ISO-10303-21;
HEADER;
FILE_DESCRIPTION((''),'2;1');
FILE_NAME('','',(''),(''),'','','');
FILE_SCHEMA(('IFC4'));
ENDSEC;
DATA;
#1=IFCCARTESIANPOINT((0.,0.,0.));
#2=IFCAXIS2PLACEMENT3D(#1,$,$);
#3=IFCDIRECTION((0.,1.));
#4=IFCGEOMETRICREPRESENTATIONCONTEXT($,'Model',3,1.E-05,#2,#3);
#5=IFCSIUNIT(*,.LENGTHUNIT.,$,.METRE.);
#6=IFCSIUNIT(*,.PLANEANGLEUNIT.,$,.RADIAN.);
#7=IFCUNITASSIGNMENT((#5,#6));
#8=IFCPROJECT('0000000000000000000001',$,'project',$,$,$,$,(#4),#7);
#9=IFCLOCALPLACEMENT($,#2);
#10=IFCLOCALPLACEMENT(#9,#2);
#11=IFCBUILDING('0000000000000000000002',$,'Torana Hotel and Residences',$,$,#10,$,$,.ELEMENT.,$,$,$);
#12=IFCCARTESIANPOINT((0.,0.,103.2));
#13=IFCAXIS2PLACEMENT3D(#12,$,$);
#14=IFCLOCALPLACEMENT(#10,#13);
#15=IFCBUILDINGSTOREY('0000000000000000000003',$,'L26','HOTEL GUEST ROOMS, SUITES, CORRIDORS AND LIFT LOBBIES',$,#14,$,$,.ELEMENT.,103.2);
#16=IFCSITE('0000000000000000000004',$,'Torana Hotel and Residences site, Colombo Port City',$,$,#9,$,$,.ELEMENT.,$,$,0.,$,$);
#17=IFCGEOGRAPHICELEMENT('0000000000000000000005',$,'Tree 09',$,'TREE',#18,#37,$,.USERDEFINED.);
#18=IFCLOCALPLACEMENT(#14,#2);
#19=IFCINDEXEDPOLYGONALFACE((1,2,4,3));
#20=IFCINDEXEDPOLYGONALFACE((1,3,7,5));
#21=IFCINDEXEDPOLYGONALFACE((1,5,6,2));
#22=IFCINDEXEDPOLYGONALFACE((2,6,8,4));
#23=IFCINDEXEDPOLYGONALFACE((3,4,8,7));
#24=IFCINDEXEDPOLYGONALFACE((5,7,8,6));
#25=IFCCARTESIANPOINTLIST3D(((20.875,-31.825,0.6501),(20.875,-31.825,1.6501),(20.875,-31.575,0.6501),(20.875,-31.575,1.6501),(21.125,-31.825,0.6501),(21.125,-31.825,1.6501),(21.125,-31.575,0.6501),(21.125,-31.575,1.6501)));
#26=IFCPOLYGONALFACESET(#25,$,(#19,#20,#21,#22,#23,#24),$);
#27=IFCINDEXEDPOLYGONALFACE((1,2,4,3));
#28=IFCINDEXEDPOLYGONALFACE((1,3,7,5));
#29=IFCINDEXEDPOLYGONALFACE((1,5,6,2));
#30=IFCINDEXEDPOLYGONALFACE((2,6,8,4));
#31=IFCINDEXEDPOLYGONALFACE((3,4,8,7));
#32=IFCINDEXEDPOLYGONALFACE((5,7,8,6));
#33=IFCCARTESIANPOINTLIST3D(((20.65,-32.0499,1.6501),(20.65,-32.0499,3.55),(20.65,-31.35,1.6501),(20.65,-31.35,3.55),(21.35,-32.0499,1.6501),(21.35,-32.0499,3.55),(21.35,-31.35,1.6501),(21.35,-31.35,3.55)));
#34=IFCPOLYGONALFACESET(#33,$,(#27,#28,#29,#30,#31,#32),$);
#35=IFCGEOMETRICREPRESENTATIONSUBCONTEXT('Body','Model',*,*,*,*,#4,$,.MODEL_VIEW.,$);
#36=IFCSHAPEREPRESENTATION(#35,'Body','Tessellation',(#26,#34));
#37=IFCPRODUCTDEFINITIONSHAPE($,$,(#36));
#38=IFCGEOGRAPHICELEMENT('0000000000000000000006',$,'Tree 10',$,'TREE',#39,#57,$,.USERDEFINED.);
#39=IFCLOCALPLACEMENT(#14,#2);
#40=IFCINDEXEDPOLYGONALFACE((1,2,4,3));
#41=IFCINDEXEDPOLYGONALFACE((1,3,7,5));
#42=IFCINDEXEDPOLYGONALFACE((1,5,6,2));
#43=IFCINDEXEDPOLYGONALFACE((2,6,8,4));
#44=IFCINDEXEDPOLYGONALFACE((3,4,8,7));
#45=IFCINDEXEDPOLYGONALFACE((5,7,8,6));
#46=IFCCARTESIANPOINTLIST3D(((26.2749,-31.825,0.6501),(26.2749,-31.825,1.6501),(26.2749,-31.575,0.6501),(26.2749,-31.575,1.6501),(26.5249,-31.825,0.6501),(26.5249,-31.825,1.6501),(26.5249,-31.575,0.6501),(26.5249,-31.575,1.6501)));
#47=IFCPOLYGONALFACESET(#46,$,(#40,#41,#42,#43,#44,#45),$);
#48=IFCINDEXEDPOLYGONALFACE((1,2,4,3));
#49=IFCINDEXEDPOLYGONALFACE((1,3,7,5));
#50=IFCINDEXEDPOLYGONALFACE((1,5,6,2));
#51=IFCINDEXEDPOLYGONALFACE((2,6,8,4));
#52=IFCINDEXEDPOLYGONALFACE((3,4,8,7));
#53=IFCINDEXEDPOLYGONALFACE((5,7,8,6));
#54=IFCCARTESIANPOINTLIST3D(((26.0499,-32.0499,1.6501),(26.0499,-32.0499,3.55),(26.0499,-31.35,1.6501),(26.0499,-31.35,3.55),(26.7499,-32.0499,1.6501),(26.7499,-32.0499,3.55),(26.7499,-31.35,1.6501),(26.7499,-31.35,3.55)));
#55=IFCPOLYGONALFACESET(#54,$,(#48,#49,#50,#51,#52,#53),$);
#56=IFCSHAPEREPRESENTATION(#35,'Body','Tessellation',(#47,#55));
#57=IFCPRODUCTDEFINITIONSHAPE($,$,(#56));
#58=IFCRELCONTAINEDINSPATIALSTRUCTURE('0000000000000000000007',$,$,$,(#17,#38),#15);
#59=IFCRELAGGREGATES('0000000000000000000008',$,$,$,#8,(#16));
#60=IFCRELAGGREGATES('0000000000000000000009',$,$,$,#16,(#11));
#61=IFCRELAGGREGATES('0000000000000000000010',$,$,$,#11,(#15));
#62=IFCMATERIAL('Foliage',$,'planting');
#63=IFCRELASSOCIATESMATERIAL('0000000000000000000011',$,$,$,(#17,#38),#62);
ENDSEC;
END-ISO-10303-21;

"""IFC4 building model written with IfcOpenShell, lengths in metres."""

from ifc_helpers import new_model, si_unit, direction, frame, origin, origin_2d, place, context, subcontext, project, spatial, rectangle, extrude, material, element, save


model = new_model("IFC4")

# Units and contexts
model_context = context("Model", 3, precision=1e-05, world=origin(), true_north=direction((0.0, 1.0)))
body_context = subcontext(model_context, "Body", "Model", "MODEL_VIEW")
ifc_project = project(units=[si_unit("LENGTHUNIT", "METRE"), si_unit("PLANEANGLEUNIT", "RADIAN")], contexts=[model_context])

# Site, building, storey
site_placement = place(None, origin())
site = spatial("IfcSite", under=ifc_project, at=site_placement, Name="Torana Hotel and Residences site, Colombo Port City", CompositionType="ELEMENT", RefElevation=0.0)
building_placement = place(site_placement, origin())
building = spatial("IfcBuilding", under=site, at=building_placement, Name="Torana Hotel and Residences", CompositionType="ELEMENT")
storey_placement = place(building_placement, frame((0.0, 0.0, 103.2)))
storey = spatial("IfcBuildingStorey", under=building, at=storey_placement, Name="L26", Description="HOTEL GUEST ROOMS, SUITES, CORRIDORS AND LIFT LOBBIES", CompositionType="ELEMENT", Elevation=103.2)

# Geographic elements
ifc_material_1 = material(Name="Foliage", Category="planting")
for number, where, z_axis, x_axis, name in (
    (1, (21.0, -31.7, 0.6501), (0.0, 0.0, 1.0), (1.0, 0.0, 0.0), "Tree 09"),
    (2, (26.3999, -31.7, 0.6501), (0.0, 0.0, 1.0), (1.0, 0.0, 0.0), "Tree 10"),
):
    element("IfcGeographicElement", number, at=place(storey_placement, frame(where, z_axis=z_axis, x_axis=x_axis)), inside=storey, material=ifc_material_1, Name=name, ObjectType="TREE", PredefinedType="USERDEFINED", context=body_context, shape_type="SweptSolid", body=[
        extrude(rectangle(XDim=0.25, YDim=0.25, at=origin_2d()), origin(), (0.0, 0.0, 1.0), 1.0),
        extrude(rectangle(XDim=0.7, YDim=0.7, at=origin_2d()), frame((0.0, 0.0, 1.0)), (0.0, 0.0, 1.0), 1.8999),
    ])

save(model, "model.ifc")
